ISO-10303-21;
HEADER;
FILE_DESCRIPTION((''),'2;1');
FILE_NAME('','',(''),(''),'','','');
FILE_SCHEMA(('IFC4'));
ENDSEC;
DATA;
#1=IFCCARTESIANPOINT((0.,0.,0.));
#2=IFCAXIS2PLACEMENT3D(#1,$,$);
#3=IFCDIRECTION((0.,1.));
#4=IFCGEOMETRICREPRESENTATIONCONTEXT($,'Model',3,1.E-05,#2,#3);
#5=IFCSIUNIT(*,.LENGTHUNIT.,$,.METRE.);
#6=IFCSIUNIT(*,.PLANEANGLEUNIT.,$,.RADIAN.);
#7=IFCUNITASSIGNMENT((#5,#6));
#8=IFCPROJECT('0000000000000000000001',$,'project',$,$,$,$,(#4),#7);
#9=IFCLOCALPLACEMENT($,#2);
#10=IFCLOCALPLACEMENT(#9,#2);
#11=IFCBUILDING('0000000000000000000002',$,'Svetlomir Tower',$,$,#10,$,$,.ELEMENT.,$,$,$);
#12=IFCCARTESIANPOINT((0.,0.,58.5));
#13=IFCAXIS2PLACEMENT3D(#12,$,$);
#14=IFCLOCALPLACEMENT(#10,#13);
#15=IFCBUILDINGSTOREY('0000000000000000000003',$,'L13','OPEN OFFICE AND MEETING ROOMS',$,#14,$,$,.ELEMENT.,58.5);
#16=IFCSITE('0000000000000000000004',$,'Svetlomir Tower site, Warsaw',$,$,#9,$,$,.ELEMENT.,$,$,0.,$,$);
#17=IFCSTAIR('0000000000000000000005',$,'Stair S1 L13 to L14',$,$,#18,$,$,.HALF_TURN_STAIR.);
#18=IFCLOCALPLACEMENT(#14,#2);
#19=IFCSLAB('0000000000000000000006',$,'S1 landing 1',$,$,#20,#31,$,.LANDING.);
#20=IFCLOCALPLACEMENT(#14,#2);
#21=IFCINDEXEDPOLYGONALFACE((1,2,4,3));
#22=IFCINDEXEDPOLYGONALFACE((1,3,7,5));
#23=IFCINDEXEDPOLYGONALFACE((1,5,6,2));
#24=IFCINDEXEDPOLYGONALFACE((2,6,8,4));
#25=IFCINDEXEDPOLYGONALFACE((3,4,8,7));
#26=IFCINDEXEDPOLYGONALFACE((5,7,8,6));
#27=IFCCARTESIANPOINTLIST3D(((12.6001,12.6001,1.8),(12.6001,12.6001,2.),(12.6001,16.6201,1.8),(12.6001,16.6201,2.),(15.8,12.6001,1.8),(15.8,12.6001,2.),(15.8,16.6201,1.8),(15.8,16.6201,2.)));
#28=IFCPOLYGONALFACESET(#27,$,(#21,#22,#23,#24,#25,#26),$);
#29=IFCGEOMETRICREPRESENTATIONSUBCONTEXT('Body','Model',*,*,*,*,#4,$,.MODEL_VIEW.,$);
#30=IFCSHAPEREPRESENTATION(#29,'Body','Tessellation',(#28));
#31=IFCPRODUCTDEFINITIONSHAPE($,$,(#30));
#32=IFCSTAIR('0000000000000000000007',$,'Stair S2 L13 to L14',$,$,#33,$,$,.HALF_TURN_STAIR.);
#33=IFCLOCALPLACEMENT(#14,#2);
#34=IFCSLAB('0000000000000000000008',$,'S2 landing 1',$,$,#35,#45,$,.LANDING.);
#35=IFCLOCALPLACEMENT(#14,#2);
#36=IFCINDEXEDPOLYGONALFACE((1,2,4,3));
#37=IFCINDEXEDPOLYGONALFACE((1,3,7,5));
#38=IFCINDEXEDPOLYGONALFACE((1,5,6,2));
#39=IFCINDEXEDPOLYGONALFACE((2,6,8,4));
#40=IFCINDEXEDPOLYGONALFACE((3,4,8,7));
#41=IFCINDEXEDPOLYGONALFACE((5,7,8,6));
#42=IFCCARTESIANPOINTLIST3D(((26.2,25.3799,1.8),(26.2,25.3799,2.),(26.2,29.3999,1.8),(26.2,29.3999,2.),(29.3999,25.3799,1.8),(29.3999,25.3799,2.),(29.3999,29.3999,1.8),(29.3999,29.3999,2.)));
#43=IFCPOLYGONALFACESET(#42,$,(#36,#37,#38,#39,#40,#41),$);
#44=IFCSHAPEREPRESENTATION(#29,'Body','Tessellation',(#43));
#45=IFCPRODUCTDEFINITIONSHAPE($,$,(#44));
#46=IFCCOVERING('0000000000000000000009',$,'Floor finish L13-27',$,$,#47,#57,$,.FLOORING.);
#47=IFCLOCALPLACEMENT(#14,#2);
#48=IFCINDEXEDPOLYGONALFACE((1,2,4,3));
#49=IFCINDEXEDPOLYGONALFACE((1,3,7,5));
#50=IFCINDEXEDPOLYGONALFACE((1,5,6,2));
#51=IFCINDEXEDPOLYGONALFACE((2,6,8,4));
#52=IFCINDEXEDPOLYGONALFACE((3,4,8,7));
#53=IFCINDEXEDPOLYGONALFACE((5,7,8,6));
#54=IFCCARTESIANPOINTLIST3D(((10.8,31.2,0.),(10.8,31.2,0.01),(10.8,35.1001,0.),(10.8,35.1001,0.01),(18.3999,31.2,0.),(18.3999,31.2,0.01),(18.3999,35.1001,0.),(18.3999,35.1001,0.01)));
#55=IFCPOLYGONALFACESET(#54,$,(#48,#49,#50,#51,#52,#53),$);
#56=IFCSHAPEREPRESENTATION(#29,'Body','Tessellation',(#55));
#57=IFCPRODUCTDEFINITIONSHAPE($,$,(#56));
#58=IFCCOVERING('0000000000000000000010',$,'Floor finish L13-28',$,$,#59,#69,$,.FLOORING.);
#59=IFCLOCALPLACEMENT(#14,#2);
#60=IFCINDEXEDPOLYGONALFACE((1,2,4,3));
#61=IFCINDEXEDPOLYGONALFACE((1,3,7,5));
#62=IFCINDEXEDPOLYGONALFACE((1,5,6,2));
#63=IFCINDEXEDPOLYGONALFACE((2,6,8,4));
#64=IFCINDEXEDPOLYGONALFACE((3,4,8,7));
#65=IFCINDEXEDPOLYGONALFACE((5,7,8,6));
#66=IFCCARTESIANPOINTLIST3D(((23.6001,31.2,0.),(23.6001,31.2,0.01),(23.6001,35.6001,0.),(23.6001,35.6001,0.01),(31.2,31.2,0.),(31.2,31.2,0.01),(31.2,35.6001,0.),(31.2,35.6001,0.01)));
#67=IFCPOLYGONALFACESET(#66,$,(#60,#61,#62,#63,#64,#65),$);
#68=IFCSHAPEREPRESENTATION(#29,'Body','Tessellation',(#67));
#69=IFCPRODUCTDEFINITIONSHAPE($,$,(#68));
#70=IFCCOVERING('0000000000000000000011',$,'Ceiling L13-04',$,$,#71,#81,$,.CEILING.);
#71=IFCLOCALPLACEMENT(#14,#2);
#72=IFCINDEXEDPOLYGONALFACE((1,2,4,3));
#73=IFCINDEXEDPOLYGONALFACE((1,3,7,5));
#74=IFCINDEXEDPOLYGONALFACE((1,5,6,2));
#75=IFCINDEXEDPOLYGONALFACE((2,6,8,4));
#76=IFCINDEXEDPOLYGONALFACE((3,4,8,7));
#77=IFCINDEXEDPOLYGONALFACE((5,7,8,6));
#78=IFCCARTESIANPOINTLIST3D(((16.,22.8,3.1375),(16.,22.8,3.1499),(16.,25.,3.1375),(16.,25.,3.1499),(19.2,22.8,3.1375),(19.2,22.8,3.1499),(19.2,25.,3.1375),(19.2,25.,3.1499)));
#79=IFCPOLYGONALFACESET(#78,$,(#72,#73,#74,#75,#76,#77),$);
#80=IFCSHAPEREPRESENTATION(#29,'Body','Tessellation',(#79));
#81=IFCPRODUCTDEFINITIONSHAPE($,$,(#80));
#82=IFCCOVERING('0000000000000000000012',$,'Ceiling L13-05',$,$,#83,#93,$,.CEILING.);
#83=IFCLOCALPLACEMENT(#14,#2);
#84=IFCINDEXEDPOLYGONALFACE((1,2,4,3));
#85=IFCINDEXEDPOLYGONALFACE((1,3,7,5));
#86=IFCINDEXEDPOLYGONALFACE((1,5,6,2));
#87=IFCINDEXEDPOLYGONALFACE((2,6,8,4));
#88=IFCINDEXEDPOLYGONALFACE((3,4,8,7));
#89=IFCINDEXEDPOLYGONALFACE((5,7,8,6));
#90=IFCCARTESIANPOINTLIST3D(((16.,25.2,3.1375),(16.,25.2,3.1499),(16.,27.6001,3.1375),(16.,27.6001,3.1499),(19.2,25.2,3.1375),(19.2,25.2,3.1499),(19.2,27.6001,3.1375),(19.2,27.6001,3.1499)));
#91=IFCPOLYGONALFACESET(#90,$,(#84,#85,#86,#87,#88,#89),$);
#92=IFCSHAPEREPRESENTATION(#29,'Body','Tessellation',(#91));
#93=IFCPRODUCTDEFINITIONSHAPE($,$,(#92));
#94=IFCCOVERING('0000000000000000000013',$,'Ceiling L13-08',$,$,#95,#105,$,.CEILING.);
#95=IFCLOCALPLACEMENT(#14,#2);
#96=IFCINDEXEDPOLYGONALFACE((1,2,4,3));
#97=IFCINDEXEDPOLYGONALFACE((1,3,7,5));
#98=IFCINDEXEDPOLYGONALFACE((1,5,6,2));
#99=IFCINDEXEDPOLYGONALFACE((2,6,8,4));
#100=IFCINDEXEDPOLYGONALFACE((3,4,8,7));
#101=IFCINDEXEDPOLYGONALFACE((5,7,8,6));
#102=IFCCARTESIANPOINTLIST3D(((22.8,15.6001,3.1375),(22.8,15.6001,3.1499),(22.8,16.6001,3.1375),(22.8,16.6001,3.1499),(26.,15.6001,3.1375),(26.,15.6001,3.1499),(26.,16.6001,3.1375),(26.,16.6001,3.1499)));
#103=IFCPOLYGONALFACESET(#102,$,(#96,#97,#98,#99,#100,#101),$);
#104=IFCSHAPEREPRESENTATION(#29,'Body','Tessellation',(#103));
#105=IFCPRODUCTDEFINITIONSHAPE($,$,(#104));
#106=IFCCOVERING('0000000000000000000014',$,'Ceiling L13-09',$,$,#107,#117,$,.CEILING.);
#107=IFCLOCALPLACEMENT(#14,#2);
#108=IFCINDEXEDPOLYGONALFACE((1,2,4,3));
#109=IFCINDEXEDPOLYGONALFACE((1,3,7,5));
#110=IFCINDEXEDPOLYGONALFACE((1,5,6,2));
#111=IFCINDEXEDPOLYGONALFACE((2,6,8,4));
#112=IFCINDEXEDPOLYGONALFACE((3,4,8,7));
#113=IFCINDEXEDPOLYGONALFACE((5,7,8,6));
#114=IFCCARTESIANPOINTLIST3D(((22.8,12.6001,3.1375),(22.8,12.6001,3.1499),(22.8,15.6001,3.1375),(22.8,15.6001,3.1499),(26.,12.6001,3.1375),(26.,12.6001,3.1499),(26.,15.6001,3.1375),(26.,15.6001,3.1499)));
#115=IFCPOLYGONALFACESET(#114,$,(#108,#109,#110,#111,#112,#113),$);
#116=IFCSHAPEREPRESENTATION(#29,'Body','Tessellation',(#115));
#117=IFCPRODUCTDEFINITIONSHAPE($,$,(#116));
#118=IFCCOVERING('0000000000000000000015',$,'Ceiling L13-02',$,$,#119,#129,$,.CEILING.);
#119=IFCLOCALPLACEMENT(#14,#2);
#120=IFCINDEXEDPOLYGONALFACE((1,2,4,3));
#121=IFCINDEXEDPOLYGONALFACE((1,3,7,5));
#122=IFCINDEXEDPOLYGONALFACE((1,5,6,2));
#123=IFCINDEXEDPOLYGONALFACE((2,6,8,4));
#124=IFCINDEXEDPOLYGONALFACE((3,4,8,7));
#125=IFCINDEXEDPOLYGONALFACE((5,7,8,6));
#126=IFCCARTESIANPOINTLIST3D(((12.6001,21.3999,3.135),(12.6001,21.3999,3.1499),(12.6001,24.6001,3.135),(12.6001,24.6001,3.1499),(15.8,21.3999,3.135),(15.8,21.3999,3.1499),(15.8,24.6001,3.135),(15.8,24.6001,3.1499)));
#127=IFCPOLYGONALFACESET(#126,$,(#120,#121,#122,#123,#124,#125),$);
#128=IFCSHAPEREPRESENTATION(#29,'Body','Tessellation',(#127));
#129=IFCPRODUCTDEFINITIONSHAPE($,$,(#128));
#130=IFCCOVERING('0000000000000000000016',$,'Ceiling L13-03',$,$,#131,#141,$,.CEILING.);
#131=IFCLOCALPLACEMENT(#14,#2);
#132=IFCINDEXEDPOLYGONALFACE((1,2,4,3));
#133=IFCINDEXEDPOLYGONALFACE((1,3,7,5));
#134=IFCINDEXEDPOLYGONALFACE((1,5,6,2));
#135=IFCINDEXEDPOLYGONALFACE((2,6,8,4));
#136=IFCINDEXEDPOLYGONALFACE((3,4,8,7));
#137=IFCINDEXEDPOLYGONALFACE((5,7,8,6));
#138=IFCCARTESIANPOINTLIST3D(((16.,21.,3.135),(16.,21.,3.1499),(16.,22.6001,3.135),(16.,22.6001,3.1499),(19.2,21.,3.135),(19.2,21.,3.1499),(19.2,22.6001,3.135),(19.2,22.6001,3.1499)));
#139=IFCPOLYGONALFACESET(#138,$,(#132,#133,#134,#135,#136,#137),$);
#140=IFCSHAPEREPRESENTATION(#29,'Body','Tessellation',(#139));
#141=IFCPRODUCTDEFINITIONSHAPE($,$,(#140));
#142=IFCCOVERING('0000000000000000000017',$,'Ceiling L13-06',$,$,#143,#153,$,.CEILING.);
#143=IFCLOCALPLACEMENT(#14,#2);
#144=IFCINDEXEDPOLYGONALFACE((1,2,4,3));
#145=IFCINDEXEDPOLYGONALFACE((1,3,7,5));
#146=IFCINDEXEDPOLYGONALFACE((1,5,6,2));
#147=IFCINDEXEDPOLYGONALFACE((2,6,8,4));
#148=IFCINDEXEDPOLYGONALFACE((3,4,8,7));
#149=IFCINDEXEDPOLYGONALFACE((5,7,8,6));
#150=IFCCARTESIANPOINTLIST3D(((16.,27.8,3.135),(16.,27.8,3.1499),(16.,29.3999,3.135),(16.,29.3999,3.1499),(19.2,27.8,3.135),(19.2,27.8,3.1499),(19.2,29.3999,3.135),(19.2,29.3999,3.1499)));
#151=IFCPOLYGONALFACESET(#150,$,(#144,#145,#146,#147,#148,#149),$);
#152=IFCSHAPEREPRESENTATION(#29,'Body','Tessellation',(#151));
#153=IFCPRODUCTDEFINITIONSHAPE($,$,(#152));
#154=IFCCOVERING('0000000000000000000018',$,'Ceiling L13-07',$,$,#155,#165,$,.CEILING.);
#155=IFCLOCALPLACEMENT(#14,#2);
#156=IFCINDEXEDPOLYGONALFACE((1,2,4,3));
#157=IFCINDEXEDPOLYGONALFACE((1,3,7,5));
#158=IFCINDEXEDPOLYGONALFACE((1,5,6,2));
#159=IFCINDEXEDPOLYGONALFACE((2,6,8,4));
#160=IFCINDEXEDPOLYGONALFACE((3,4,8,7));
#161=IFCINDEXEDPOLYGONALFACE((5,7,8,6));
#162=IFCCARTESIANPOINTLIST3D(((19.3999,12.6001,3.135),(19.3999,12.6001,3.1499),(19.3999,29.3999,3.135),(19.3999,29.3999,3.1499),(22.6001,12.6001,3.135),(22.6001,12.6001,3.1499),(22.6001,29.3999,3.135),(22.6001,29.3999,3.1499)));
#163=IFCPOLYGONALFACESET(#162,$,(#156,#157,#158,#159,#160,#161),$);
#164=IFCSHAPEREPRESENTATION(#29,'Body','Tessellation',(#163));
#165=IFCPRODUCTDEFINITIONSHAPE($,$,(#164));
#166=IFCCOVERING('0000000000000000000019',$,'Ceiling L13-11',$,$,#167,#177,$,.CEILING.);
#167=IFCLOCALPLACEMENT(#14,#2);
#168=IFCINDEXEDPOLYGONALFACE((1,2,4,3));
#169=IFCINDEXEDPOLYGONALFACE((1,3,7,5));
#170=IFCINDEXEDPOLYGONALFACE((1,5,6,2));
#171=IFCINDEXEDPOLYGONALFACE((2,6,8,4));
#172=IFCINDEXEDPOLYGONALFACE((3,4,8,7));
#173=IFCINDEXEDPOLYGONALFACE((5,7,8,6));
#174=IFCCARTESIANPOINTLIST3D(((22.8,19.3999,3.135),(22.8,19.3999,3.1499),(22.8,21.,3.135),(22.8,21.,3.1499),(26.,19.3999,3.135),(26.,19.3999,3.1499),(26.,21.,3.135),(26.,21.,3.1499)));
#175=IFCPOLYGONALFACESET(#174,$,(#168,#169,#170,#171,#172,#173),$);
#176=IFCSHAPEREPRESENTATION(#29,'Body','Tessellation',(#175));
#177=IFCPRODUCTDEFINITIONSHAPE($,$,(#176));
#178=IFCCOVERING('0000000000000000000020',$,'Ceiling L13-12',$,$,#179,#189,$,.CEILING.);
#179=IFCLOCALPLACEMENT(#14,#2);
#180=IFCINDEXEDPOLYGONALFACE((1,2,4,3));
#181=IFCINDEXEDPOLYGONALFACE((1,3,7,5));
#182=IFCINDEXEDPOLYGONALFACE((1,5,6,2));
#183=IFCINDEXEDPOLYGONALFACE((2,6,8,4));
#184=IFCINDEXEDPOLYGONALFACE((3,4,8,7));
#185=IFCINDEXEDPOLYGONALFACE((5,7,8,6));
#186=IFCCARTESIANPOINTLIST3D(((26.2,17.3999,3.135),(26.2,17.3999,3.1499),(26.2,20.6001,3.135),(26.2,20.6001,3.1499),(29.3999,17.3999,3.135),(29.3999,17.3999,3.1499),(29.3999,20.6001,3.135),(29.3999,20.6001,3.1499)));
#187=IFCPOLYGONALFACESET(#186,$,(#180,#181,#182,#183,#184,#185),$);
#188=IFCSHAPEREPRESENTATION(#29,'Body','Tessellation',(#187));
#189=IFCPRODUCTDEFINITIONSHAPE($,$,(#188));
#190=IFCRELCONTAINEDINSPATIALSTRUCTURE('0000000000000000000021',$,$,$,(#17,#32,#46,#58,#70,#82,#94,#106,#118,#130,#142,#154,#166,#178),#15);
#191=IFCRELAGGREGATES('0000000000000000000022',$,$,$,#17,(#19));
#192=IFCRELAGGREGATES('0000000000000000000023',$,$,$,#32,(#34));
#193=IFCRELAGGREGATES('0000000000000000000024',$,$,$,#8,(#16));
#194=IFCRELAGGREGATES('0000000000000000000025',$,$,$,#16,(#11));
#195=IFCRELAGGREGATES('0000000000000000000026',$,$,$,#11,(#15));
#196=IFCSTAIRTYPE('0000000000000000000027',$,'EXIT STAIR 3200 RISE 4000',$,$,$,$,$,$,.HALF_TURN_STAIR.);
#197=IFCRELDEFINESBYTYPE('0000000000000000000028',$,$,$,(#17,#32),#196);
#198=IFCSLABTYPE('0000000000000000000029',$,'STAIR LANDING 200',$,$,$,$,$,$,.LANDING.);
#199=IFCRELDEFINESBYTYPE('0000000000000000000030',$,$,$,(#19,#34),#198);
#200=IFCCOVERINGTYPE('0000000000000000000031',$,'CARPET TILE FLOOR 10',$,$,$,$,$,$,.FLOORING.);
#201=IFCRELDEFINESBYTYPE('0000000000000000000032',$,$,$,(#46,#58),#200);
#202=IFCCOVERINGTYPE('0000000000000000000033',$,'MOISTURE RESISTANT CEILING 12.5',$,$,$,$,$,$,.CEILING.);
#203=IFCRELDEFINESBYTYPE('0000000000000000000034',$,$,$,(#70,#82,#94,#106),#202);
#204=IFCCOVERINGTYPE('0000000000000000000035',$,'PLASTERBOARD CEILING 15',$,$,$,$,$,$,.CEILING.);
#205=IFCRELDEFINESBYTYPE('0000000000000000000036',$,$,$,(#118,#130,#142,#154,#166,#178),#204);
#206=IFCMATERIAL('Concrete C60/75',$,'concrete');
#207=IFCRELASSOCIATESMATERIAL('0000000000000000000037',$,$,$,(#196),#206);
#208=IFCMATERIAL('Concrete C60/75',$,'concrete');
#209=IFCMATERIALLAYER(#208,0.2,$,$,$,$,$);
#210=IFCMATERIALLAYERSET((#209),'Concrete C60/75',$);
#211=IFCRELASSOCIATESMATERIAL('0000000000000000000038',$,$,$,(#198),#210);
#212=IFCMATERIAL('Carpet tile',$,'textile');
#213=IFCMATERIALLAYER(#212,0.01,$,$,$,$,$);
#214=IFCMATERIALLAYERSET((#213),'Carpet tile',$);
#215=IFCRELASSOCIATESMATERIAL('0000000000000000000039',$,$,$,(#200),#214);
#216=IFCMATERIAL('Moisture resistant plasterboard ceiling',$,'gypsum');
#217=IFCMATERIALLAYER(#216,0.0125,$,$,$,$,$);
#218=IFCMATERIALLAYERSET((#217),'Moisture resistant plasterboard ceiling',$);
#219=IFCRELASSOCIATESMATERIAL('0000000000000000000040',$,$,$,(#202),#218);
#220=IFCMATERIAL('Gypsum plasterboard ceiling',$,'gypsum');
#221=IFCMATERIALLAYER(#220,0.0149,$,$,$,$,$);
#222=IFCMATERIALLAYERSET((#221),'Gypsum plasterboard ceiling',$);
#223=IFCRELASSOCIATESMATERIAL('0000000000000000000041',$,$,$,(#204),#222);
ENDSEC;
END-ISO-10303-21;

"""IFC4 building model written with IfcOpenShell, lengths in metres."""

from ifc_helpers import new_model, si_unit, direction, frame, origin, place, context, subcontext, project, spatial, polyline, outline, extrude, material, layer, layer_set, type_object, element, aggregate, save


model = new_model("IFC4")

# Units and contexts
model_context = context("Model", 3, precision=1e-05, world=origin(), true_north=direction((0.0, 1.0)))
body_context = subcontext(model_context, "Body", "Model", "MODEL_VIEW")
ifc_project = project(units=[si_unit("LENGTHUNIT", "METRE"), si_unit("PLANEANGLEUNIT", "RADIAN")], contexts=[model_context])

# Site, building, storey
site_placement = place(None, origin())
site = spatial("IfcSite", under=ifc_project, at=site_placement, Name="Svetlomir Tower site, Warsaw", CompositionType="ELEMENT", RefElevation=0.0)
building_placement = place(site_placement, origin())
building = spatial("IfcBuilding", under=site, at=building_placement, Name="Svetlomir Tower", CompositionType="ELEMENT")
storey_placement = place(building_placement, frame((0.0, 0.0, 58.5)))
storey = spatial("IfcBuildingStorey", under=building, at=storey_placement, Name="L13", Description="OPEN OFFICE AND MEETING ROOMS", CompositionType="ELEMENT", Elevation=58.5)

# Stairs, slabs
ifc_material_1 = material(Name="Concrete C60/75", Category="concrete")
stair_type = type_object("IfcStairType", Name="EXIT STAIR 3200 RISE 4000", PredefinedType="HALF_TURN_STAIR", material=ifc_material_1)
stair_1_placement = place(storey_placement, origin())
stair_1 = element("IfcStair", 1, at=stair_1_placement, inside=storey, type_object=stair_type, Name="Stair S1 L13 to L14", PredefinedType="HALF_TURN_STAIR")
ifc_material_2 = material(Name="Concrete C60/75", Category="concrete")
ifc_layer_1 = layer(ifc_material_2, 0.2)
ifc_layer_set_1 = layer_set([ifc_layer_1], Name="Concrete C60/75")
slab_type = type_object("IfcSlabType", Name="STAIR LANDING 200", PredefinedType="LANDING", material=ifc_layer_set_1)
slab_1_placement = place(storey_placement, frame((0.0, 0.0, 1.8)))
slab_1 = element("IfcSlab", 2, at=slab_1_placement, type_object=slab_type, Name="S1 landing 1", PredefinedType="LANDING", context=body_context, shape_type="SweptSolid", body=[
    extrude(outline(polyline([(12.6001, 12.6001), (15.8, 12.6001), (15.8, 16.6201), (12.6001, 16.6201), (12.6001, 12.6001)])), origin(), (0.0, 0.0, 1.0), 0.2),
])
aggregate(stair_1, [slab_1])
stair_2_placement = place(storey_placement, origin())
stair_2 = element("IfcStair", 3, at=stair_2_placement, inside=storey, type_object=stair_type, Name="Stair S2 L13 to L14", PredefinedType="HALF_TURN_STAIR")
slab_2_placement = place(storey_placement, frame((0.0, 0.0, 1.8)))
slab_2 = element("IfcSlab", 4, at=slab_2_placement, type_object=slab_type, Name="S2 landing 1", PredefinedType="LANDING", context=body_context, shape_type="SweptSolid", body=[
    extrude(outline(polyline([(26.2, 25.3799), (29.3999, 25.3799), (29.3999, 29.3999), (26.2, 29.3999), (26.2, 25.3799)])), origin(), (0.0, 0.0, 1.0), 0.2),
])
aggregate(stair_2, [slab_2])

# Coverings
ifc_material_3 = material(Name="Carpet tile", Category="textile")
ifc_layer_2 = layer(ifc_material_3, 0.01)
ifc_layer_set_2 = layer_set([ifc_layer_2], Name="Carpet tile")
covering_type_1 = type_object("IfcCoveringType", Name="CARPET TILE FLOOR 10", PredefinedType="FLOORING", material=ifc_layer_set_2)
covering_1_placement = place(storey_placement, origin())
element("IfcCovering", 5, at=covering_1_placement, inside=storey, type_object=covering_type_1, Name="Floor finish L13-27", PredefinedType="FLOORING", context=body_context, shape_type="SweptSolid", body=[
    extrude(outline(polyline([(10.8, 31.2), (18.3999, 31.2), (18.3999, 35.1001), (10.8, 35.1001), (10.8, 31.2)])), origin(), (0.0, 0.0, 1.0), 0.01),
])
covering_2_placement = place(storey_placement, origin())
element("IfcCovering", 6, at=covering_2_placement, inside=storey, type_object=covering_type_1, Name="Floor finish L13-28", PredefinedType="FLOORING", context=body_context, shape_type="SweptSolid", body=[
    extrude(outline(polyline([(23.6001, 31.2), (31.2, 31.2), (31.2, 35.6001), (23.6001, 35.6001), (23.6001, 31.2)])), origin(), (0.0, 0.0, 1.0), 0.01),
])
ifc_material_4 = material(Name="Moisture resistant plasterboard ceiling", Category="gypsum")
ifc_layer_3 = layer(ifc_material_4, 0.0125)
ifc_layer_set_3 = layer_set([ifc_layer_3], Name="Moisture resistant plasterboard ceiling")
covering_type_2 = type_object("IfcCoveringType", Name="MOISTURE RESISTANT CEILING 12.5", PredefinedType="CEILING", material=ifc_layer_set_3)
covering_3_placement = place(storey_placement, frame((0.0, 0.0, 3.1375)))
element("IfcCovering", 7, at=covering_3_placement, inside=storey, type_object=covering_type_2, Name="Ceiling L13-04", PredefinedType="CEILING", context=body_context, shape_type="SweptSolid", body=[
    extrude(outline(polyline([(16.0, 22.8), (19.2, 22.8), (19.2, 25.0), (16.0, 25.0), (16.0, 22.8)])), origin(), (0.0, 0.0, 1.0), 0.0125),
])
covering_4_placement = place(storey_placement, frame((0.0, 0.0, 3.1375)))
element("IfcCovering", 8, at=covering_4_placement, inside=storey, type_object=covering_type_2, Name="Ceiling L13-05", PredefinedType="CEILING", context=body_context, shape_type="SweptSolid", body=[
    extrude(outline(polyline([(16.0, 25.2), (19.2, 25.2), (19.2, 27.6001), (16.0, 27.6001), (16.0, 25.2)])), origin(), (0.0, 0.0, 1.0), 0.0125),
])
covering_5_placement = place(storey_placement, frame((0.0, 0.0, 3.1375)))
element("IfcCovering", 9, at=covering_5_placement, inside=storey, type_object=covering_type_2, Name="Ceiling L13-08", PredefinedType="CEILING", context=body_context, shape_type="SweptSolid", body=[
    extrude(outline(polyline([(22.8, 15.6001), (26.0, 15.6001), (26.0, 16.6001), (22.8, 16.6001), (22.8, 15.6001)])), origin(), (0.0, 0.0, 1.0), 0.0125),
])
covering_6_placement = place(storey_placement, frame((0.0, 0.0, 3.1375)))
element("IfcCovering", 10, at=covering_6_placement, inside=storey, type_object=covering_type_2, Name="Ceiling L13-09", PredefinedType="CEILING", context=body_context, shape_type="SweptSolid", body=[
    extrude(outline(polyline([(22.8, 12.6001), (26.0, 12.6001), (26.0, 15.6001), (22.8, 15.6001), (22.8, 12.6001)])), origin(), (0.0, 0.0, 1.0), 0.0125),
])
ifc_material_5 = material(Name="Gypsum plasterboard ceiling", Category="gypsum")
ifc_layer_4 = layer(ifc_material_5, 0.0149)
ifc_layer_set_4 = layer_set([ifc_layer_4], Name="Gypsum plasterboard ceiling")
covering_type_3 = type_object("IfcCoveringType", Name="PLASTERBOARD CEILING 15", PredefinedType="CEILING", material=ifc_layer_set_4)
covering_7_placement = place(storey_placement, frame((0.0, 0.0, 3.135)))
element("IfcCovering", 11, at=covering_7_placement, inside=storey, type_object=covering_type_3, Name="Ceiling L13-02", PredefinedType="CEILING", context=body_context, shape_type="SweptSolid", body=[
    extrude(outline(polyline([(12.6001, 21.3999), (15.8, 21.3999), (15.8, 24.6001), (12.6001, 24.6001), (12.6001, 21.3999)])), origin(), (0.0, 0.0, 1.0), 0.0149),
])
covering_8_placement = place(storey_placement, frame((0.0, 0.0, 3.135)))
element("IfcCovering", 12, at=covering_8_placement, inside=storey, type_object=covering_type_3, Name="Ceiling L13-03", PredefinedType="CEILING", context=body_context, shape_type="SweptSolid", body=[
    extrude(outline(polyline([(16.0, 21.0), (19.2, 21.0), (19.2, 22.6001), (16.0, 22.6001), (16.0, 21.0)])), origin(), (0.0, 0.0, 1.0), 0.0149),
])
covering_9_placement = place(storey_placement, frame((0.0, 0.0, 3.135)))
element("IfcCovering", 13, at=covering_9_placement, inside=storey, type_object=covering_type_3, Name="Ceiling L13-06", PredefinedType="CEILING", context=body_context, shape_type="SweptSolid", body=[
    extrude(outline(polyline([(16.0, 27.8), (19.2, 27.8), (19.2, 29.3999), (16.0, 29.3999), (16.0, 27.8)])), origin(), (0.0, 0.0, 1.0), 0.0149),
])
covering_10_placement = place(storey_placement, frame((0.0, 0.0, 3.135)))
element("IfcCovering", 14, at=covering_10_placement, inside=storey, type_object=covering_type_3, Name="Ceiling L13-07", PredefinedType="CEILING", context=body_context, shape_type="SweptSolid", body=[
    extrude(outline(polyline([(19.3999, 12.6001), (22.6001, 12.6001), (22.6001, 29.3999), (19.3999, 29.3999), (19.3999, 12.6001)])), origin(), (0.0, 0.0, 1.0), 0.0149),
])
covering_11_placement = place(storey_placement, frame((0.0, 0.0, 3.135)))
element("IfcCovering", 15, at=covering_11_placement, inside=storey, type_object=covering_type_3, Name="Ceiling L13-11", PredefinedType="CEILING", context=body_context, shape_type="SweptSolid", body=[
    extrude(outline(polyline([(22.8, 19.3999), (26.0, 19.3999), (26.0, 21.0), (22.8, 21.0), (22.8, 19.3999)])), origin(), (0.0, 0.0, 1.0), 0.0149),
])
covering_12_placement = place(storey_placement, frame((0.0, 0.0, 3.135)))
element("IfcCovering", 16, at=covering_12_placement, inside=storey, type_object=covering_type_3, Name="Ceiling L13-12", PredefinedType="CEILING", context=body_context, shape_type="SweptSolid", body=[
    extrude(outline(polyline([(26.2, 17.3999), (29.3999, 17.3999), (29.3999, 20.6001), (26.2, 20.6001), (26.2, 17.3999)])), origin(), (0.0, 0.0, 1.0), 0.0149),
])

save(model, "model.ifc")
